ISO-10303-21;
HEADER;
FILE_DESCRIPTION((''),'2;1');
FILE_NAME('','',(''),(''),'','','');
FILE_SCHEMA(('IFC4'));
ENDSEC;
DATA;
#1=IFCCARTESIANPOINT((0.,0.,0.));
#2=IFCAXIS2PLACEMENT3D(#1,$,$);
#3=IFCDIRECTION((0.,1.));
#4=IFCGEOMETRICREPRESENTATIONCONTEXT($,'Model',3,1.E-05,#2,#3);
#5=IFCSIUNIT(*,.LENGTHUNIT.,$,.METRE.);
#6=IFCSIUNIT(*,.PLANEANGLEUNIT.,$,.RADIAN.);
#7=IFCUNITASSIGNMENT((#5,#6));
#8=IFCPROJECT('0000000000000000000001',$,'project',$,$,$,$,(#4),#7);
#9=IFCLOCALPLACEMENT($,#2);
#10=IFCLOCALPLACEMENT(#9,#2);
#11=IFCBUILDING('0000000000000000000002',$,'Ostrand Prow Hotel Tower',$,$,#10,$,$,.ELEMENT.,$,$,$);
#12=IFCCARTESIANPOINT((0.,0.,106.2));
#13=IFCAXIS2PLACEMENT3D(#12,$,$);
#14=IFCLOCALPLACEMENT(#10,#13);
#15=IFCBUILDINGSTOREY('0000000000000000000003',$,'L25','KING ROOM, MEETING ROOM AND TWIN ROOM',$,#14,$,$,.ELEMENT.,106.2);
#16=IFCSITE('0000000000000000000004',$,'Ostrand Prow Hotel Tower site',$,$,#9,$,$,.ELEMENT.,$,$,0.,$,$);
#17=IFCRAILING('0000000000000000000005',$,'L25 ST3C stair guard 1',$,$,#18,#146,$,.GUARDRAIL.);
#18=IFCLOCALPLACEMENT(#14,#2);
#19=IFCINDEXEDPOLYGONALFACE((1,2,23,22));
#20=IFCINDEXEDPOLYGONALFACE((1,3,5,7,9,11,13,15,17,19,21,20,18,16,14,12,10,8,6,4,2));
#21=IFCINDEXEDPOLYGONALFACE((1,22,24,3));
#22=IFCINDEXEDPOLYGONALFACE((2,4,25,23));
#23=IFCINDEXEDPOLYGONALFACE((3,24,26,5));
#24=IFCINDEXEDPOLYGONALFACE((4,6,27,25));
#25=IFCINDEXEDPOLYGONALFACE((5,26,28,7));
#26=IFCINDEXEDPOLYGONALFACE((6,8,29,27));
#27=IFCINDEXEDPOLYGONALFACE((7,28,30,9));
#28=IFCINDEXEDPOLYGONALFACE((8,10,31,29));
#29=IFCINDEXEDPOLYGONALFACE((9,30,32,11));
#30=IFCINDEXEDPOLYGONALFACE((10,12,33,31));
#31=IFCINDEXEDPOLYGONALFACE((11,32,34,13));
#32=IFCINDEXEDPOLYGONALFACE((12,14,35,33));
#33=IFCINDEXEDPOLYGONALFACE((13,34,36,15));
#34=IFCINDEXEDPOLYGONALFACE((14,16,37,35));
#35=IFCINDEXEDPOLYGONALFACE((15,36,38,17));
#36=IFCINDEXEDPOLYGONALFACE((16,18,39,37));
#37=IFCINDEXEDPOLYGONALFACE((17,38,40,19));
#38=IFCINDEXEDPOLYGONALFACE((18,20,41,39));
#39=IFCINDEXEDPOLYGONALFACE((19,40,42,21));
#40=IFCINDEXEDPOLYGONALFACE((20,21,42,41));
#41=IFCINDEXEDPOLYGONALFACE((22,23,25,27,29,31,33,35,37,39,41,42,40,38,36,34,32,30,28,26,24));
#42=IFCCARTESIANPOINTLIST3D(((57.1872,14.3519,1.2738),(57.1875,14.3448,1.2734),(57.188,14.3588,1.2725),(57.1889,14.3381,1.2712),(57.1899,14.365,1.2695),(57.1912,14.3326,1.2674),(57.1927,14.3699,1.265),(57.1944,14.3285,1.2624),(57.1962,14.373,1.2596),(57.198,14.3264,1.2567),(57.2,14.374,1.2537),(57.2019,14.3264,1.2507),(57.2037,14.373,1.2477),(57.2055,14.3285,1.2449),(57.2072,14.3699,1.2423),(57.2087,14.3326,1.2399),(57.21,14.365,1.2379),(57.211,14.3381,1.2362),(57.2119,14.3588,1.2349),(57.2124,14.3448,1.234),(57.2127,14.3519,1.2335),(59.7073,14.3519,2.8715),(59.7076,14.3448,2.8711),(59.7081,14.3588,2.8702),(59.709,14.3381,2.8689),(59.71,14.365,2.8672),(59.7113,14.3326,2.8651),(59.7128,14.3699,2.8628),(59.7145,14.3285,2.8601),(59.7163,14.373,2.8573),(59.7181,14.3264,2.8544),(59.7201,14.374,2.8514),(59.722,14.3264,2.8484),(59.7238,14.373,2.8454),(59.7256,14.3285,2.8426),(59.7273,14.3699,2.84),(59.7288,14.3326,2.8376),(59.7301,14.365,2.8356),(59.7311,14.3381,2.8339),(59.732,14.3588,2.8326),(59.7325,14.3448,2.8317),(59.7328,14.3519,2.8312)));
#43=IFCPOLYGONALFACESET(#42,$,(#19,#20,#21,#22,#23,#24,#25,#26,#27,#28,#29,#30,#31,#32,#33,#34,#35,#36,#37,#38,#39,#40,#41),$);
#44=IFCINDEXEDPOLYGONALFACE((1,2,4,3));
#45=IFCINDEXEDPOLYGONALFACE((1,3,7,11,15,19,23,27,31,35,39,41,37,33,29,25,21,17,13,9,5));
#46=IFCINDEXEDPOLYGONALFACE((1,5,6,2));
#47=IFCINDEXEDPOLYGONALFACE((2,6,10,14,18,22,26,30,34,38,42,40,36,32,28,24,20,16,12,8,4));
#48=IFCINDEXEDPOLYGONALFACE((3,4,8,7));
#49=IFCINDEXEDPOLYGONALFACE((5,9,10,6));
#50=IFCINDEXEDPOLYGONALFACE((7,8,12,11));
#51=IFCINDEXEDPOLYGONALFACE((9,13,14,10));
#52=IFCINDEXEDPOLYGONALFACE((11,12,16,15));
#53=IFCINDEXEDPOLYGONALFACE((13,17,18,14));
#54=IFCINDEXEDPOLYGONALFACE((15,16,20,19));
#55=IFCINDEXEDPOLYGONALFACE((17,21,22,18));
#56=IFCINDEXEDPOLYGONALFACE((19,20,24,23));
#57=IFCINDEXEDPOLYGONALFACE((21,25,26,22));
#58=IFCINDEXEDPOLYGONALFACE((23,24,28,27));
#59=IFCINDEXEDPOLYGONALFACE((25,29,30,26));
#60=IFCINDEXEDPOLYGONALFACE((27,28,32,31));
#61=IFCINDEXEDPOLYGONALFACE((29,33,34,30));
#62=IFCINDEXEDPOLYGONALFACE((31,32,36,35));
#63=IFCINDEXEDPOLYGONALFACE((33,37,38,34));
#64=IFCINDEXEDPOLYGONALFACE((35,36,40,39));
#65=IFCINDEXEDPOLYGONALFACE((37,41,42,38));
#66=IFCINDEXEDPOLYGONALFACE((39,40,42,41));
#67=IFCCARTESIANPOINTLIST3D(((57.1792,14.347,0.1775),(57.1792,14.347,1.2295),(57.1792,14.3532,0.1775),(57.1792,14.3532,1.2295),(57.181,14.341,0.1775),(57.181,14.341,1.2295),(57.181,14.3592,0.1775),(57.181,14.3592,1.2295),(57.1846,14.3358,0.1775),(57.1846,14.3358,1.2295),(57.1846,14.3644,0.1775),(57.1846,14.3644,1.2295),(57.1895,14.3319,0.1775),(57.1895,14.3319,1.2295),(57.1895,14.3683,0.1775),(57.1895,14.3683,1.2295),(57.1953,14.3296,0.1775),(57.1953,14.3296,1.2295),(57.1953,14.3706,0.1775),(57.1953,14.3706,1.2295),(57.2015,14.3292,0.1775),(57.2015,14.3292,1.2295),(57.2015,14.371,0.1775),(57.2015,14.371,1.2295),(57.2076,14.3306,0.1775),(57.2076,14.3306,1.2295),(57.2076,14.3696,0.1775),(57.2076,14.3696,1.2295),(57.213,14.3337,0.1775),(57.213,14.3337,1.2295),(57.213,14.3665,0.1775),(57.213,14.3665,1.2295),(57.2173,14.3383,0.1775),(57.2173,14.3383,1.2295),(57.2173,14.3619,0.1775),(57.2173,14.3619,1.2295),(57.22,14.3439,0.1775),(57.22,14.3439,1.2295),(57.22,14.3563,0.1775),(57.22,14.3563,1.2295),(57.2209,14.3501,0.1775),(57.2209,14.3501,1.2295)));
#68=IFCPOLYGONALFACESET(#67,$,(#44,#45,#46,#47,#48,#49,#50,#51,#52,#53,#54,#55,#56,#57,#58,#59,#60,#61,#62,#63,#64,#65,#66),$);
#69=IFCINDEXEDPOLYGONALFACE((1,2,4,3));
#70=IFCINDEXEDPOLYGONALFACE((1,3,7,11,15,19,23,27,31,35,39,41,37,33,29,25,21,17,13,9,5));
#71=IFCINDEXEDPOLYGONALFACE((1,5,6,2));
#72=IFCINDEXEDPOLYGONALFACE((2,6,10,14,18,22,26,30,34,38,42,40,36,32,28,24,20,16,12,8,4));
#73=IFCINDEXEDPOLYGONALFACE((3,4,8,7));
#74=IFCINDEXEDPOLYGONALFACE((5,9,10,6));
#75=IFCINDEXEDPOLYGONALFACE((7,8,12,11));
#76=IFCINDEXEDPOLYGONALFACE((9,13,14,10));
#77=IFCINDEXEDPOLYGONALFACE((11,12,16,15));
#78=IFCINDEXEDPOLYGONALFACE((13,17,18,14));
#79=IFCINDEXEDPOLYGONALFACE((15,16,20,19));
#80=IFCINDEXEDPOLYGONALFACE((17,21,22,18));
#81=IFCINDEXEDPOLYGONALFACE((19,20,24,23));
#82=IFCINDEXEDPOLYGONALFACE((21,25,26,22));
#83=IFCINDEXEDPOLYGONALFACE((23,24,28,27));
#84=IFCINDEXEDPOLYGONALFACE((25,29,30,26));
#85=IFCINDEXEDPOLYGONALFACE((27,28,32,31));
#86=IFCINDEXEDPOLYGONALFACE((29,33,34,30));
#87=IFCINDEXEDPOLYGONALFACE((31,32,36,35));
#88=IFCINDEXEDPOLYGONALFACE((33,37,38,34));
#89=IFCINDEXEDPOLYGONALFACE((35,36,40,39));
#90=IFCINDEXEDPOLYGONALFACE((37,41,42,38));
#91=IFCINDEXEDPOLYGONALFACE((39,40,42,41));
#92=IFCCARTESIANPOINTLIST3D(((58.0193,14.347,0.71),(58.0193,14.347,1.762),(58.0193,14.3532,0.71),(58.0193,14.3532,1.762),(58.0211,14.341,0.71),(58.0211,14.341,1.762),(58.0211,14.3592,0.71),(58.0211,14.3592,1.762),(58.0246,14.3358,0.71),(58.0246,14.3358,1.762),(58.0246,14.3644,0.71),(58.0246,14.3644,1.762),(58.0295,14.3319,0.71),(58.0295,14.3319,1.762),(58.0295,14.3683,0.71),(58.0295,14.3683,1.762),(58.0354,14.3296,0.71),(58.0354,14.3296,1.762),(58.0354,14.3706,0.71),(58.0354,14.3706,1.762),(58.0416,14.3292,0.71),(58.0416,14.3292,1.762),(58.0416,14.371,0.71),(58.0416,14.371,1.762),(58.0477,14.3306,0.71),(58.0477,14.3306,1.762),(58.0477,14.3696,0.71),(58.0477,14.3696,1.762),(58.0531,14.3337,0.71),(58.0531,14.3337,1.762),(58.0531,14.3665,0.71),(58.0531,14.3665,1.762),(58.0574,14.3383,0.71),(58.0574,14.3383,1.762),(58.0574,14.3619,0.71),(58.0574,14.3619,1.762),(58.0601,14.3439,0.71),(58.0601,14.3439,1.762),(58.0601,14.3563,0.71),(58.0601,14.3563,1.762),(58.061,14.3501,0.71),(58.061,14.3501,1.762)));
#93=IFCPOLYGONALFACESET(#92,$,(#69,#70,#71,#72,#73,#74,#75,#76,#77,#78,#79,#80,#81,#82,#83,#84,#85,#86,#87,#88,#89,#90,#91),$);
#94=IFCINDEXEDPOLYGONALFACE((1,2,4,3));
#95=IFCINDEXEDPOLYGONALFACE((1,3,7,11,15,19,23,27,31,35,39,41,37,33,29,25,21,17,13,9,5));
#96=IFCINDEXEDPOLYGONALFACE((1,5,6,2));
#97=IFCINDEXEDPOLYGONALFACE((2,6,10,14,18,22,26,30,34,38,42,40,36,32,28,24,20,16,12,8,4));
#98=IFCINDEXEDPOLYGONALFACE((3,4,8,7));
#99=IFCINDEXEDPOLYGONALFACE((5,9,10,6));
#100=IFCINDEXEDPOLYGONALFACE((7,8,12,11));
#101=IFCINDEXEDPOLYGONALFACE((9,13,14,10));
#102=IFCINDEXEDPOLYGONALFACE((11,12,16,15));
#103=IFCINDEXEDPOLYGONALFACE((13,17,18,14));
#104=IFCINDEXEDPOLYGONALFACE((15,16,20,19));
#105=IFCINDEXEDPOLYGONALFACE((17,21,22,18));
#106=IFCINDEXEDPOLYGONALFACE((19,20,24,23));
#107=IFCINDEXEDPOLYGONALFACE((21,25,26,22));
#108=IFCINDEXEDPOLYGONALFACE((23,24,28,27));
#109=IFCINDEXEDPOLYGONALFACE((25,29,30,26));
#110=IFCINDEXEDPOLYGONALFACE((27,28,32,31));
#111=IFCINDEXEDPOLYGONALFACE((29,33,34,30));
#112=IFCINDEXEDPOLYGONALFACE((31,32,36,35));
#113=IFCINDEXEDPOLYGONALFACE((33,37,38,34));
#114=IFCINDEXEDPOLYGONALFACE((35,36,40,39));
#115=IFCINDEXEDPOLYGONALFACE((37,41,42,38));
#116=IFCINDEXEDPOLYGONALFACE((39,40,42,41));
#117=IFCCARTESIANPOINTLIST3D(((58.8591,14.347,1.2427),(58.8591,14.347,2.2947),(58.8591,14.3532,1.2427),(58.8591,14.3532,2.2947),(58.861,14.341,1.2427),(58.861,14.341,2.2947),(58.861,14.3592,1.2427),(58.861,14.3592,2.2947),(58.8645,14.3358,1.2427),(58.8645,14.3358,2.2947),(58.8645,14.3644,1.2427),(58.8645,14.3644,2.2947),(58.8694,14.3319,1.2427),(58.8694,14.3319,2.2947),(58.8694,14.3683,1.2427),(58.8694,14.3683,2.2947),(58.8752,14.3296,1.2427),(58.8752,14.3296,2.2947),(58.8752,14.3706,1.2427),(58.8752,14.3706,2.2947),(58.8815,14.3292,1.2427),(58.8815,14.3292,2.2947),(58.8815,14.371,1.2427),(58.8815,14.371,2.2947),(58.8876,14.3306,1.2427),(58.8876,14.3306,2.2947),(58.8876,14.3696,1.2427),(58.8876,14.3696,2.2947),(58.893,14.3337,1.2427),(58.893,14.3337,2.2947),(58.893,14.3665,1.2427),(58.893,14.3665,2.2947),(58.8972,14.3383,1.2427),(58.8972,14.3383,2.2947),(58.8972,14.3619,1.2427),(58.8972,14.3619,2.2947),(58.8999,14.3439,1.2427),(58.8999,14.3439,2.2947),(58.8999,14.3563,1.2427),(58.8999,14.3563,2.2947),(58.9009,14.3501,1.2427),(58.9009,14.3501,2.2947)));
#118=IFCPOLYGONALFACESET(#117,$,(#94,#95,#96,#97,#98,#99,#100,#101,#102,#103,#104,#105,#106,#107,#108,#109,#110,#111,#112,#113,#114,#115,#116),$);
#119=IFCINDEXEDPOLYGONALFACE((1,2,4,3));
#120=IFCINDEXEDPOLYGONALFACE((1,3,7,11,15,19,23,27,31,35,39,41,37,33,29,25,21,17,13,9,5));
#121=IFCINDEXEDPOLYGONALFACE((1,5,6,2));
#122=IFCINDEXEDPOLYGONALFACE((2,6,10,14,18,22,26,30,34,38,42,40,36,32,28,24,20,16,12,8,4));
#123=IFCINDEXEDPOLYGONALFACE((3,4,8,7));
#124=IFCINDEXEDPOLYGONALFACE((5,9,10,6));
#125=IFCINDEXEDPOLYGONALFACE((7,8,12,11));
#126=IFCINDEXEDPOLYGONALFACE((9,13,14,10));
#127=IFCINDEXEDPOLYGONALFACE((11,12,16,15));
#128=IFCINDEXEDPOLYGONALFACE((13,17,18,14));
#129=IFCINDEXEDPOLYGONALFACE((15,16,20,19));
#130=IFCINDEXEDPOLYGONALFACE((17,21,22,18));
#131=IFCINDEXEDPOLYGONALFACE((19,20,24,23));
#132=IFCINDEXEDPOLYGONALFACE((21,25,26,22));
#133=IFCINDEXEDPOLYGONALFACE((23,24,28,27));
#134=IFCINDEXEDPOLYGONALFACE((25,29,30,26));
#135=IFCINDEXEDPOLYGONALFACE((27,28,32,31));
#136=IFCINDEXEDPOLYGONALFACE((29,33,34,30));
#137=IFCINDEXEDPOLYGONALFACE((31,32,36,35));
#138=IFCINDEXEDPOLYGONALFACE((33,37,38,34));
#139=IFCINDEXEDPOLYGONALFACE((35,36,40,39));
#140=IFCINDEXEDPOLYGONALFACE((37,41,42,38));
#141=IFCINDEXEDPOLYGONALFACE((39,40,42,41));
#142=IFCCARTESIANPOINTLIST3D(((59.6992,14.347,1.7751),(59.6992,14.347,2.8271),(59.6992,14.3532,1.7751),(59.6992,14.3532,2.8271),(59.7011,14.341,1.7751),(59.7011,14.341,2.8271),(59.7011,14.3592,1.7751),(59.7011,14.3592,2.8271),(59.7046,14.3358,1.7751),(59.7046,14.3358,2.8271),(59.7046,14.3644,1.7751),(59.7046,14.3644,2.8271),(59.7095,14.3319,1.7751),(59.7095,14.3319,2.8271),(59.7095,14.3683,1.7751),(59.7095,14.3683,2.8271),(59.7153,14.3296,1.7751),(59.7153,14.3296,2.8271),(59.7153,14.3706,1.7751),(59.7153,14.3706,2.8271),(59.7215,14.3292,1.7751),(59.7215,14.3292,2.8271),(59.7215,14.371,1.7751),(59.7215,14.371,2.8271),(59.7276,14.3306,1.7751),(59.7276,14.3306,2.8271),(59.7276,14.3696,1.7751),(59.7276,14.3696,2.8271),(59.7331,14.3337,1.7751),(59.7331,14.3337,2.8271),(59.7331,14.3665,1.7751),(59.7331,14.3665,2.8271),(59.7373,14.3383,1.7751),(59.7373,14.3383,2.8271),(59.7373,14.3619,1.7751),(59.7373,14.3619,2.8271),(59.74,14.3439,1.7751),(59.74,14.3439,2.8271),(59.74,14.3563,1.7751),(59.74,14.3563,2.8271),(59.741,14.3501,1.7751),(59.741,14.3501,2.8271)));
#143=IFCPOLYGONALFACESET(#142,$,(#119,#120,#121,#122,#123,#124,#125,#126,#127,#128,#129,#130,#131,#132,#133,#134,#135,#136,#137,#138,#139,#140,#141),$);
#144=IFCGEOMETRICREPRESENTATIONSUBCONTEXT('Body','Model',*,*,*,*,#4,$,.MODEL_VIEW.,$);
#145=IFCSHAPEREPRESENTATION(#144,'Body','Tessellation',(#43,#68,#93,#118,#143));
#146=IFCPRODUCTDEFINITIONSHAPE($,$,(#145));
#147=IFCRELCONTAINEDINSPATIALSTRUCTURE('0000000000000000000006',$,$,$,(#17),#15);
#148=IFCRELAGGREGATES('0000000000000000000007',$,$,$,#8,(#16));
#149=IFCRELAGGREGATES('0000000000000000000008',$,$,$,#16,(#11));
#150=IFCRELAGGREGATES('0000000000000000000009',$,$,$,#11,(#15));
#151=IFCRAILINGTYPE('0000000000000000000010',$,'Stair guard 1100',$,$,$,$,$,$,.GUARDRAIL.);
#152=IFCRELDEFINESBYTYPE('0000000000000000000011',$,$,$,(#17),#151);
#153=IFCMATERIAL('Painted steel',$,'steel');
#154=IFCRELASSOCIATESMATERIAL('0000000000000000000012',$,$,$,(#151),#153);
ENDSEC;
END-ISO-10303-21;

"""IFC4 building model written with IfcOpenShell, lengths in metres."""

from ifc_helpers import new_model, si_unit, direction, frame, origin, origin_2d, place, context, subcontext, project, spatial, circle, extrude, material, type_object, element, save


model = new_model("IFC4")

# Units and contexts
model_context = context("Model", 3, precision=1e-05, world=origin(), true_north=direction((0.0, 1.0)))
body_context = subcontext(model_context, "Body", "Model", "MODEL_VIEW")
ifc_project = project(units=[si_unit("LENGTHUNIT", "METRE"), si_unit("PLANEANGLEUNIT", "RADIAN")], contexts=[model_context])

# Site, building, storey
site_placement = place(None, origin())
site = spatial("IfcSite", under=ifc_project, at=site_placement, Name="Ostrand Prow Hotel Tower site", CompositionType="ELEMENT", RefElevation=0.0)
building_placement = place(site_placement, origin())
building = spatial("IfcBuilding", under=site, at=building_placement, Name="Ostrand Prow Hotel Tower", CompositionType="ELEMENT")
storey_placement = place(building_placement, frame((0.0, 0.0, 106.2)))
storey = spatial("IfcBuildingStorey", under=building, at=storey_placement, Name="L25", Description="KING ROOM, MEETING ROOM AND TWIN ROOM", CompositionType="ELEMENT", Elevation=106.2)

# Railing
ifc_material_1 = material(Name="Painted steel", Category="steel")
railing_type_1 = type_object("IfcRailingType", Name="Stair guard 1100", PredefinedType="GUARDRAIL", material=ifc_material_1)
railing_1_placement = place(storey_placement, frame((57.2, 14.3501, 0.1775)))
element("IfcRailing", 1, at=railing_1_placement, inside=storey, type_object=railing_type_1, Name="L25 ST3C stair guard 1", PredefinedType="GUARDRAIL", context=body_context, shape_type="SweptSolid", body=[
    extrude(circle(Radius=0.0239, at=origin_2d()), frame((0.0, 0.0, 1.0762), z_axis=(0.84457, 0.0, 0.535445), x_axis=(0.0, 1.0, 0.0)), (0.0, 0.0, 1.0), 2.9839),
    extrude(circle(Radius=0.021, at=origin_2d()), origin(), (0.0, 0.0, 1.0), 1.052),
    extrude(circle(Radius=0.021, at=origin_2d()), frame((0.8401, 0.0, 0.5325)), (0.0, 0.0, 1.0), 1.052),
    extrude(circle(Radius=0.021, at=origin_2d()), frame((1.6799, 0.0, 1.0652)), (0.0, 0.0, 1.0), 1.052),
    extrude(circle(Radius=0.021, at=origin_2d()), frame((2.52, 0.0, 1.5977)), (0.0, 0.0, 1.0), 1.052),
])

save(model, "model.ifc")
